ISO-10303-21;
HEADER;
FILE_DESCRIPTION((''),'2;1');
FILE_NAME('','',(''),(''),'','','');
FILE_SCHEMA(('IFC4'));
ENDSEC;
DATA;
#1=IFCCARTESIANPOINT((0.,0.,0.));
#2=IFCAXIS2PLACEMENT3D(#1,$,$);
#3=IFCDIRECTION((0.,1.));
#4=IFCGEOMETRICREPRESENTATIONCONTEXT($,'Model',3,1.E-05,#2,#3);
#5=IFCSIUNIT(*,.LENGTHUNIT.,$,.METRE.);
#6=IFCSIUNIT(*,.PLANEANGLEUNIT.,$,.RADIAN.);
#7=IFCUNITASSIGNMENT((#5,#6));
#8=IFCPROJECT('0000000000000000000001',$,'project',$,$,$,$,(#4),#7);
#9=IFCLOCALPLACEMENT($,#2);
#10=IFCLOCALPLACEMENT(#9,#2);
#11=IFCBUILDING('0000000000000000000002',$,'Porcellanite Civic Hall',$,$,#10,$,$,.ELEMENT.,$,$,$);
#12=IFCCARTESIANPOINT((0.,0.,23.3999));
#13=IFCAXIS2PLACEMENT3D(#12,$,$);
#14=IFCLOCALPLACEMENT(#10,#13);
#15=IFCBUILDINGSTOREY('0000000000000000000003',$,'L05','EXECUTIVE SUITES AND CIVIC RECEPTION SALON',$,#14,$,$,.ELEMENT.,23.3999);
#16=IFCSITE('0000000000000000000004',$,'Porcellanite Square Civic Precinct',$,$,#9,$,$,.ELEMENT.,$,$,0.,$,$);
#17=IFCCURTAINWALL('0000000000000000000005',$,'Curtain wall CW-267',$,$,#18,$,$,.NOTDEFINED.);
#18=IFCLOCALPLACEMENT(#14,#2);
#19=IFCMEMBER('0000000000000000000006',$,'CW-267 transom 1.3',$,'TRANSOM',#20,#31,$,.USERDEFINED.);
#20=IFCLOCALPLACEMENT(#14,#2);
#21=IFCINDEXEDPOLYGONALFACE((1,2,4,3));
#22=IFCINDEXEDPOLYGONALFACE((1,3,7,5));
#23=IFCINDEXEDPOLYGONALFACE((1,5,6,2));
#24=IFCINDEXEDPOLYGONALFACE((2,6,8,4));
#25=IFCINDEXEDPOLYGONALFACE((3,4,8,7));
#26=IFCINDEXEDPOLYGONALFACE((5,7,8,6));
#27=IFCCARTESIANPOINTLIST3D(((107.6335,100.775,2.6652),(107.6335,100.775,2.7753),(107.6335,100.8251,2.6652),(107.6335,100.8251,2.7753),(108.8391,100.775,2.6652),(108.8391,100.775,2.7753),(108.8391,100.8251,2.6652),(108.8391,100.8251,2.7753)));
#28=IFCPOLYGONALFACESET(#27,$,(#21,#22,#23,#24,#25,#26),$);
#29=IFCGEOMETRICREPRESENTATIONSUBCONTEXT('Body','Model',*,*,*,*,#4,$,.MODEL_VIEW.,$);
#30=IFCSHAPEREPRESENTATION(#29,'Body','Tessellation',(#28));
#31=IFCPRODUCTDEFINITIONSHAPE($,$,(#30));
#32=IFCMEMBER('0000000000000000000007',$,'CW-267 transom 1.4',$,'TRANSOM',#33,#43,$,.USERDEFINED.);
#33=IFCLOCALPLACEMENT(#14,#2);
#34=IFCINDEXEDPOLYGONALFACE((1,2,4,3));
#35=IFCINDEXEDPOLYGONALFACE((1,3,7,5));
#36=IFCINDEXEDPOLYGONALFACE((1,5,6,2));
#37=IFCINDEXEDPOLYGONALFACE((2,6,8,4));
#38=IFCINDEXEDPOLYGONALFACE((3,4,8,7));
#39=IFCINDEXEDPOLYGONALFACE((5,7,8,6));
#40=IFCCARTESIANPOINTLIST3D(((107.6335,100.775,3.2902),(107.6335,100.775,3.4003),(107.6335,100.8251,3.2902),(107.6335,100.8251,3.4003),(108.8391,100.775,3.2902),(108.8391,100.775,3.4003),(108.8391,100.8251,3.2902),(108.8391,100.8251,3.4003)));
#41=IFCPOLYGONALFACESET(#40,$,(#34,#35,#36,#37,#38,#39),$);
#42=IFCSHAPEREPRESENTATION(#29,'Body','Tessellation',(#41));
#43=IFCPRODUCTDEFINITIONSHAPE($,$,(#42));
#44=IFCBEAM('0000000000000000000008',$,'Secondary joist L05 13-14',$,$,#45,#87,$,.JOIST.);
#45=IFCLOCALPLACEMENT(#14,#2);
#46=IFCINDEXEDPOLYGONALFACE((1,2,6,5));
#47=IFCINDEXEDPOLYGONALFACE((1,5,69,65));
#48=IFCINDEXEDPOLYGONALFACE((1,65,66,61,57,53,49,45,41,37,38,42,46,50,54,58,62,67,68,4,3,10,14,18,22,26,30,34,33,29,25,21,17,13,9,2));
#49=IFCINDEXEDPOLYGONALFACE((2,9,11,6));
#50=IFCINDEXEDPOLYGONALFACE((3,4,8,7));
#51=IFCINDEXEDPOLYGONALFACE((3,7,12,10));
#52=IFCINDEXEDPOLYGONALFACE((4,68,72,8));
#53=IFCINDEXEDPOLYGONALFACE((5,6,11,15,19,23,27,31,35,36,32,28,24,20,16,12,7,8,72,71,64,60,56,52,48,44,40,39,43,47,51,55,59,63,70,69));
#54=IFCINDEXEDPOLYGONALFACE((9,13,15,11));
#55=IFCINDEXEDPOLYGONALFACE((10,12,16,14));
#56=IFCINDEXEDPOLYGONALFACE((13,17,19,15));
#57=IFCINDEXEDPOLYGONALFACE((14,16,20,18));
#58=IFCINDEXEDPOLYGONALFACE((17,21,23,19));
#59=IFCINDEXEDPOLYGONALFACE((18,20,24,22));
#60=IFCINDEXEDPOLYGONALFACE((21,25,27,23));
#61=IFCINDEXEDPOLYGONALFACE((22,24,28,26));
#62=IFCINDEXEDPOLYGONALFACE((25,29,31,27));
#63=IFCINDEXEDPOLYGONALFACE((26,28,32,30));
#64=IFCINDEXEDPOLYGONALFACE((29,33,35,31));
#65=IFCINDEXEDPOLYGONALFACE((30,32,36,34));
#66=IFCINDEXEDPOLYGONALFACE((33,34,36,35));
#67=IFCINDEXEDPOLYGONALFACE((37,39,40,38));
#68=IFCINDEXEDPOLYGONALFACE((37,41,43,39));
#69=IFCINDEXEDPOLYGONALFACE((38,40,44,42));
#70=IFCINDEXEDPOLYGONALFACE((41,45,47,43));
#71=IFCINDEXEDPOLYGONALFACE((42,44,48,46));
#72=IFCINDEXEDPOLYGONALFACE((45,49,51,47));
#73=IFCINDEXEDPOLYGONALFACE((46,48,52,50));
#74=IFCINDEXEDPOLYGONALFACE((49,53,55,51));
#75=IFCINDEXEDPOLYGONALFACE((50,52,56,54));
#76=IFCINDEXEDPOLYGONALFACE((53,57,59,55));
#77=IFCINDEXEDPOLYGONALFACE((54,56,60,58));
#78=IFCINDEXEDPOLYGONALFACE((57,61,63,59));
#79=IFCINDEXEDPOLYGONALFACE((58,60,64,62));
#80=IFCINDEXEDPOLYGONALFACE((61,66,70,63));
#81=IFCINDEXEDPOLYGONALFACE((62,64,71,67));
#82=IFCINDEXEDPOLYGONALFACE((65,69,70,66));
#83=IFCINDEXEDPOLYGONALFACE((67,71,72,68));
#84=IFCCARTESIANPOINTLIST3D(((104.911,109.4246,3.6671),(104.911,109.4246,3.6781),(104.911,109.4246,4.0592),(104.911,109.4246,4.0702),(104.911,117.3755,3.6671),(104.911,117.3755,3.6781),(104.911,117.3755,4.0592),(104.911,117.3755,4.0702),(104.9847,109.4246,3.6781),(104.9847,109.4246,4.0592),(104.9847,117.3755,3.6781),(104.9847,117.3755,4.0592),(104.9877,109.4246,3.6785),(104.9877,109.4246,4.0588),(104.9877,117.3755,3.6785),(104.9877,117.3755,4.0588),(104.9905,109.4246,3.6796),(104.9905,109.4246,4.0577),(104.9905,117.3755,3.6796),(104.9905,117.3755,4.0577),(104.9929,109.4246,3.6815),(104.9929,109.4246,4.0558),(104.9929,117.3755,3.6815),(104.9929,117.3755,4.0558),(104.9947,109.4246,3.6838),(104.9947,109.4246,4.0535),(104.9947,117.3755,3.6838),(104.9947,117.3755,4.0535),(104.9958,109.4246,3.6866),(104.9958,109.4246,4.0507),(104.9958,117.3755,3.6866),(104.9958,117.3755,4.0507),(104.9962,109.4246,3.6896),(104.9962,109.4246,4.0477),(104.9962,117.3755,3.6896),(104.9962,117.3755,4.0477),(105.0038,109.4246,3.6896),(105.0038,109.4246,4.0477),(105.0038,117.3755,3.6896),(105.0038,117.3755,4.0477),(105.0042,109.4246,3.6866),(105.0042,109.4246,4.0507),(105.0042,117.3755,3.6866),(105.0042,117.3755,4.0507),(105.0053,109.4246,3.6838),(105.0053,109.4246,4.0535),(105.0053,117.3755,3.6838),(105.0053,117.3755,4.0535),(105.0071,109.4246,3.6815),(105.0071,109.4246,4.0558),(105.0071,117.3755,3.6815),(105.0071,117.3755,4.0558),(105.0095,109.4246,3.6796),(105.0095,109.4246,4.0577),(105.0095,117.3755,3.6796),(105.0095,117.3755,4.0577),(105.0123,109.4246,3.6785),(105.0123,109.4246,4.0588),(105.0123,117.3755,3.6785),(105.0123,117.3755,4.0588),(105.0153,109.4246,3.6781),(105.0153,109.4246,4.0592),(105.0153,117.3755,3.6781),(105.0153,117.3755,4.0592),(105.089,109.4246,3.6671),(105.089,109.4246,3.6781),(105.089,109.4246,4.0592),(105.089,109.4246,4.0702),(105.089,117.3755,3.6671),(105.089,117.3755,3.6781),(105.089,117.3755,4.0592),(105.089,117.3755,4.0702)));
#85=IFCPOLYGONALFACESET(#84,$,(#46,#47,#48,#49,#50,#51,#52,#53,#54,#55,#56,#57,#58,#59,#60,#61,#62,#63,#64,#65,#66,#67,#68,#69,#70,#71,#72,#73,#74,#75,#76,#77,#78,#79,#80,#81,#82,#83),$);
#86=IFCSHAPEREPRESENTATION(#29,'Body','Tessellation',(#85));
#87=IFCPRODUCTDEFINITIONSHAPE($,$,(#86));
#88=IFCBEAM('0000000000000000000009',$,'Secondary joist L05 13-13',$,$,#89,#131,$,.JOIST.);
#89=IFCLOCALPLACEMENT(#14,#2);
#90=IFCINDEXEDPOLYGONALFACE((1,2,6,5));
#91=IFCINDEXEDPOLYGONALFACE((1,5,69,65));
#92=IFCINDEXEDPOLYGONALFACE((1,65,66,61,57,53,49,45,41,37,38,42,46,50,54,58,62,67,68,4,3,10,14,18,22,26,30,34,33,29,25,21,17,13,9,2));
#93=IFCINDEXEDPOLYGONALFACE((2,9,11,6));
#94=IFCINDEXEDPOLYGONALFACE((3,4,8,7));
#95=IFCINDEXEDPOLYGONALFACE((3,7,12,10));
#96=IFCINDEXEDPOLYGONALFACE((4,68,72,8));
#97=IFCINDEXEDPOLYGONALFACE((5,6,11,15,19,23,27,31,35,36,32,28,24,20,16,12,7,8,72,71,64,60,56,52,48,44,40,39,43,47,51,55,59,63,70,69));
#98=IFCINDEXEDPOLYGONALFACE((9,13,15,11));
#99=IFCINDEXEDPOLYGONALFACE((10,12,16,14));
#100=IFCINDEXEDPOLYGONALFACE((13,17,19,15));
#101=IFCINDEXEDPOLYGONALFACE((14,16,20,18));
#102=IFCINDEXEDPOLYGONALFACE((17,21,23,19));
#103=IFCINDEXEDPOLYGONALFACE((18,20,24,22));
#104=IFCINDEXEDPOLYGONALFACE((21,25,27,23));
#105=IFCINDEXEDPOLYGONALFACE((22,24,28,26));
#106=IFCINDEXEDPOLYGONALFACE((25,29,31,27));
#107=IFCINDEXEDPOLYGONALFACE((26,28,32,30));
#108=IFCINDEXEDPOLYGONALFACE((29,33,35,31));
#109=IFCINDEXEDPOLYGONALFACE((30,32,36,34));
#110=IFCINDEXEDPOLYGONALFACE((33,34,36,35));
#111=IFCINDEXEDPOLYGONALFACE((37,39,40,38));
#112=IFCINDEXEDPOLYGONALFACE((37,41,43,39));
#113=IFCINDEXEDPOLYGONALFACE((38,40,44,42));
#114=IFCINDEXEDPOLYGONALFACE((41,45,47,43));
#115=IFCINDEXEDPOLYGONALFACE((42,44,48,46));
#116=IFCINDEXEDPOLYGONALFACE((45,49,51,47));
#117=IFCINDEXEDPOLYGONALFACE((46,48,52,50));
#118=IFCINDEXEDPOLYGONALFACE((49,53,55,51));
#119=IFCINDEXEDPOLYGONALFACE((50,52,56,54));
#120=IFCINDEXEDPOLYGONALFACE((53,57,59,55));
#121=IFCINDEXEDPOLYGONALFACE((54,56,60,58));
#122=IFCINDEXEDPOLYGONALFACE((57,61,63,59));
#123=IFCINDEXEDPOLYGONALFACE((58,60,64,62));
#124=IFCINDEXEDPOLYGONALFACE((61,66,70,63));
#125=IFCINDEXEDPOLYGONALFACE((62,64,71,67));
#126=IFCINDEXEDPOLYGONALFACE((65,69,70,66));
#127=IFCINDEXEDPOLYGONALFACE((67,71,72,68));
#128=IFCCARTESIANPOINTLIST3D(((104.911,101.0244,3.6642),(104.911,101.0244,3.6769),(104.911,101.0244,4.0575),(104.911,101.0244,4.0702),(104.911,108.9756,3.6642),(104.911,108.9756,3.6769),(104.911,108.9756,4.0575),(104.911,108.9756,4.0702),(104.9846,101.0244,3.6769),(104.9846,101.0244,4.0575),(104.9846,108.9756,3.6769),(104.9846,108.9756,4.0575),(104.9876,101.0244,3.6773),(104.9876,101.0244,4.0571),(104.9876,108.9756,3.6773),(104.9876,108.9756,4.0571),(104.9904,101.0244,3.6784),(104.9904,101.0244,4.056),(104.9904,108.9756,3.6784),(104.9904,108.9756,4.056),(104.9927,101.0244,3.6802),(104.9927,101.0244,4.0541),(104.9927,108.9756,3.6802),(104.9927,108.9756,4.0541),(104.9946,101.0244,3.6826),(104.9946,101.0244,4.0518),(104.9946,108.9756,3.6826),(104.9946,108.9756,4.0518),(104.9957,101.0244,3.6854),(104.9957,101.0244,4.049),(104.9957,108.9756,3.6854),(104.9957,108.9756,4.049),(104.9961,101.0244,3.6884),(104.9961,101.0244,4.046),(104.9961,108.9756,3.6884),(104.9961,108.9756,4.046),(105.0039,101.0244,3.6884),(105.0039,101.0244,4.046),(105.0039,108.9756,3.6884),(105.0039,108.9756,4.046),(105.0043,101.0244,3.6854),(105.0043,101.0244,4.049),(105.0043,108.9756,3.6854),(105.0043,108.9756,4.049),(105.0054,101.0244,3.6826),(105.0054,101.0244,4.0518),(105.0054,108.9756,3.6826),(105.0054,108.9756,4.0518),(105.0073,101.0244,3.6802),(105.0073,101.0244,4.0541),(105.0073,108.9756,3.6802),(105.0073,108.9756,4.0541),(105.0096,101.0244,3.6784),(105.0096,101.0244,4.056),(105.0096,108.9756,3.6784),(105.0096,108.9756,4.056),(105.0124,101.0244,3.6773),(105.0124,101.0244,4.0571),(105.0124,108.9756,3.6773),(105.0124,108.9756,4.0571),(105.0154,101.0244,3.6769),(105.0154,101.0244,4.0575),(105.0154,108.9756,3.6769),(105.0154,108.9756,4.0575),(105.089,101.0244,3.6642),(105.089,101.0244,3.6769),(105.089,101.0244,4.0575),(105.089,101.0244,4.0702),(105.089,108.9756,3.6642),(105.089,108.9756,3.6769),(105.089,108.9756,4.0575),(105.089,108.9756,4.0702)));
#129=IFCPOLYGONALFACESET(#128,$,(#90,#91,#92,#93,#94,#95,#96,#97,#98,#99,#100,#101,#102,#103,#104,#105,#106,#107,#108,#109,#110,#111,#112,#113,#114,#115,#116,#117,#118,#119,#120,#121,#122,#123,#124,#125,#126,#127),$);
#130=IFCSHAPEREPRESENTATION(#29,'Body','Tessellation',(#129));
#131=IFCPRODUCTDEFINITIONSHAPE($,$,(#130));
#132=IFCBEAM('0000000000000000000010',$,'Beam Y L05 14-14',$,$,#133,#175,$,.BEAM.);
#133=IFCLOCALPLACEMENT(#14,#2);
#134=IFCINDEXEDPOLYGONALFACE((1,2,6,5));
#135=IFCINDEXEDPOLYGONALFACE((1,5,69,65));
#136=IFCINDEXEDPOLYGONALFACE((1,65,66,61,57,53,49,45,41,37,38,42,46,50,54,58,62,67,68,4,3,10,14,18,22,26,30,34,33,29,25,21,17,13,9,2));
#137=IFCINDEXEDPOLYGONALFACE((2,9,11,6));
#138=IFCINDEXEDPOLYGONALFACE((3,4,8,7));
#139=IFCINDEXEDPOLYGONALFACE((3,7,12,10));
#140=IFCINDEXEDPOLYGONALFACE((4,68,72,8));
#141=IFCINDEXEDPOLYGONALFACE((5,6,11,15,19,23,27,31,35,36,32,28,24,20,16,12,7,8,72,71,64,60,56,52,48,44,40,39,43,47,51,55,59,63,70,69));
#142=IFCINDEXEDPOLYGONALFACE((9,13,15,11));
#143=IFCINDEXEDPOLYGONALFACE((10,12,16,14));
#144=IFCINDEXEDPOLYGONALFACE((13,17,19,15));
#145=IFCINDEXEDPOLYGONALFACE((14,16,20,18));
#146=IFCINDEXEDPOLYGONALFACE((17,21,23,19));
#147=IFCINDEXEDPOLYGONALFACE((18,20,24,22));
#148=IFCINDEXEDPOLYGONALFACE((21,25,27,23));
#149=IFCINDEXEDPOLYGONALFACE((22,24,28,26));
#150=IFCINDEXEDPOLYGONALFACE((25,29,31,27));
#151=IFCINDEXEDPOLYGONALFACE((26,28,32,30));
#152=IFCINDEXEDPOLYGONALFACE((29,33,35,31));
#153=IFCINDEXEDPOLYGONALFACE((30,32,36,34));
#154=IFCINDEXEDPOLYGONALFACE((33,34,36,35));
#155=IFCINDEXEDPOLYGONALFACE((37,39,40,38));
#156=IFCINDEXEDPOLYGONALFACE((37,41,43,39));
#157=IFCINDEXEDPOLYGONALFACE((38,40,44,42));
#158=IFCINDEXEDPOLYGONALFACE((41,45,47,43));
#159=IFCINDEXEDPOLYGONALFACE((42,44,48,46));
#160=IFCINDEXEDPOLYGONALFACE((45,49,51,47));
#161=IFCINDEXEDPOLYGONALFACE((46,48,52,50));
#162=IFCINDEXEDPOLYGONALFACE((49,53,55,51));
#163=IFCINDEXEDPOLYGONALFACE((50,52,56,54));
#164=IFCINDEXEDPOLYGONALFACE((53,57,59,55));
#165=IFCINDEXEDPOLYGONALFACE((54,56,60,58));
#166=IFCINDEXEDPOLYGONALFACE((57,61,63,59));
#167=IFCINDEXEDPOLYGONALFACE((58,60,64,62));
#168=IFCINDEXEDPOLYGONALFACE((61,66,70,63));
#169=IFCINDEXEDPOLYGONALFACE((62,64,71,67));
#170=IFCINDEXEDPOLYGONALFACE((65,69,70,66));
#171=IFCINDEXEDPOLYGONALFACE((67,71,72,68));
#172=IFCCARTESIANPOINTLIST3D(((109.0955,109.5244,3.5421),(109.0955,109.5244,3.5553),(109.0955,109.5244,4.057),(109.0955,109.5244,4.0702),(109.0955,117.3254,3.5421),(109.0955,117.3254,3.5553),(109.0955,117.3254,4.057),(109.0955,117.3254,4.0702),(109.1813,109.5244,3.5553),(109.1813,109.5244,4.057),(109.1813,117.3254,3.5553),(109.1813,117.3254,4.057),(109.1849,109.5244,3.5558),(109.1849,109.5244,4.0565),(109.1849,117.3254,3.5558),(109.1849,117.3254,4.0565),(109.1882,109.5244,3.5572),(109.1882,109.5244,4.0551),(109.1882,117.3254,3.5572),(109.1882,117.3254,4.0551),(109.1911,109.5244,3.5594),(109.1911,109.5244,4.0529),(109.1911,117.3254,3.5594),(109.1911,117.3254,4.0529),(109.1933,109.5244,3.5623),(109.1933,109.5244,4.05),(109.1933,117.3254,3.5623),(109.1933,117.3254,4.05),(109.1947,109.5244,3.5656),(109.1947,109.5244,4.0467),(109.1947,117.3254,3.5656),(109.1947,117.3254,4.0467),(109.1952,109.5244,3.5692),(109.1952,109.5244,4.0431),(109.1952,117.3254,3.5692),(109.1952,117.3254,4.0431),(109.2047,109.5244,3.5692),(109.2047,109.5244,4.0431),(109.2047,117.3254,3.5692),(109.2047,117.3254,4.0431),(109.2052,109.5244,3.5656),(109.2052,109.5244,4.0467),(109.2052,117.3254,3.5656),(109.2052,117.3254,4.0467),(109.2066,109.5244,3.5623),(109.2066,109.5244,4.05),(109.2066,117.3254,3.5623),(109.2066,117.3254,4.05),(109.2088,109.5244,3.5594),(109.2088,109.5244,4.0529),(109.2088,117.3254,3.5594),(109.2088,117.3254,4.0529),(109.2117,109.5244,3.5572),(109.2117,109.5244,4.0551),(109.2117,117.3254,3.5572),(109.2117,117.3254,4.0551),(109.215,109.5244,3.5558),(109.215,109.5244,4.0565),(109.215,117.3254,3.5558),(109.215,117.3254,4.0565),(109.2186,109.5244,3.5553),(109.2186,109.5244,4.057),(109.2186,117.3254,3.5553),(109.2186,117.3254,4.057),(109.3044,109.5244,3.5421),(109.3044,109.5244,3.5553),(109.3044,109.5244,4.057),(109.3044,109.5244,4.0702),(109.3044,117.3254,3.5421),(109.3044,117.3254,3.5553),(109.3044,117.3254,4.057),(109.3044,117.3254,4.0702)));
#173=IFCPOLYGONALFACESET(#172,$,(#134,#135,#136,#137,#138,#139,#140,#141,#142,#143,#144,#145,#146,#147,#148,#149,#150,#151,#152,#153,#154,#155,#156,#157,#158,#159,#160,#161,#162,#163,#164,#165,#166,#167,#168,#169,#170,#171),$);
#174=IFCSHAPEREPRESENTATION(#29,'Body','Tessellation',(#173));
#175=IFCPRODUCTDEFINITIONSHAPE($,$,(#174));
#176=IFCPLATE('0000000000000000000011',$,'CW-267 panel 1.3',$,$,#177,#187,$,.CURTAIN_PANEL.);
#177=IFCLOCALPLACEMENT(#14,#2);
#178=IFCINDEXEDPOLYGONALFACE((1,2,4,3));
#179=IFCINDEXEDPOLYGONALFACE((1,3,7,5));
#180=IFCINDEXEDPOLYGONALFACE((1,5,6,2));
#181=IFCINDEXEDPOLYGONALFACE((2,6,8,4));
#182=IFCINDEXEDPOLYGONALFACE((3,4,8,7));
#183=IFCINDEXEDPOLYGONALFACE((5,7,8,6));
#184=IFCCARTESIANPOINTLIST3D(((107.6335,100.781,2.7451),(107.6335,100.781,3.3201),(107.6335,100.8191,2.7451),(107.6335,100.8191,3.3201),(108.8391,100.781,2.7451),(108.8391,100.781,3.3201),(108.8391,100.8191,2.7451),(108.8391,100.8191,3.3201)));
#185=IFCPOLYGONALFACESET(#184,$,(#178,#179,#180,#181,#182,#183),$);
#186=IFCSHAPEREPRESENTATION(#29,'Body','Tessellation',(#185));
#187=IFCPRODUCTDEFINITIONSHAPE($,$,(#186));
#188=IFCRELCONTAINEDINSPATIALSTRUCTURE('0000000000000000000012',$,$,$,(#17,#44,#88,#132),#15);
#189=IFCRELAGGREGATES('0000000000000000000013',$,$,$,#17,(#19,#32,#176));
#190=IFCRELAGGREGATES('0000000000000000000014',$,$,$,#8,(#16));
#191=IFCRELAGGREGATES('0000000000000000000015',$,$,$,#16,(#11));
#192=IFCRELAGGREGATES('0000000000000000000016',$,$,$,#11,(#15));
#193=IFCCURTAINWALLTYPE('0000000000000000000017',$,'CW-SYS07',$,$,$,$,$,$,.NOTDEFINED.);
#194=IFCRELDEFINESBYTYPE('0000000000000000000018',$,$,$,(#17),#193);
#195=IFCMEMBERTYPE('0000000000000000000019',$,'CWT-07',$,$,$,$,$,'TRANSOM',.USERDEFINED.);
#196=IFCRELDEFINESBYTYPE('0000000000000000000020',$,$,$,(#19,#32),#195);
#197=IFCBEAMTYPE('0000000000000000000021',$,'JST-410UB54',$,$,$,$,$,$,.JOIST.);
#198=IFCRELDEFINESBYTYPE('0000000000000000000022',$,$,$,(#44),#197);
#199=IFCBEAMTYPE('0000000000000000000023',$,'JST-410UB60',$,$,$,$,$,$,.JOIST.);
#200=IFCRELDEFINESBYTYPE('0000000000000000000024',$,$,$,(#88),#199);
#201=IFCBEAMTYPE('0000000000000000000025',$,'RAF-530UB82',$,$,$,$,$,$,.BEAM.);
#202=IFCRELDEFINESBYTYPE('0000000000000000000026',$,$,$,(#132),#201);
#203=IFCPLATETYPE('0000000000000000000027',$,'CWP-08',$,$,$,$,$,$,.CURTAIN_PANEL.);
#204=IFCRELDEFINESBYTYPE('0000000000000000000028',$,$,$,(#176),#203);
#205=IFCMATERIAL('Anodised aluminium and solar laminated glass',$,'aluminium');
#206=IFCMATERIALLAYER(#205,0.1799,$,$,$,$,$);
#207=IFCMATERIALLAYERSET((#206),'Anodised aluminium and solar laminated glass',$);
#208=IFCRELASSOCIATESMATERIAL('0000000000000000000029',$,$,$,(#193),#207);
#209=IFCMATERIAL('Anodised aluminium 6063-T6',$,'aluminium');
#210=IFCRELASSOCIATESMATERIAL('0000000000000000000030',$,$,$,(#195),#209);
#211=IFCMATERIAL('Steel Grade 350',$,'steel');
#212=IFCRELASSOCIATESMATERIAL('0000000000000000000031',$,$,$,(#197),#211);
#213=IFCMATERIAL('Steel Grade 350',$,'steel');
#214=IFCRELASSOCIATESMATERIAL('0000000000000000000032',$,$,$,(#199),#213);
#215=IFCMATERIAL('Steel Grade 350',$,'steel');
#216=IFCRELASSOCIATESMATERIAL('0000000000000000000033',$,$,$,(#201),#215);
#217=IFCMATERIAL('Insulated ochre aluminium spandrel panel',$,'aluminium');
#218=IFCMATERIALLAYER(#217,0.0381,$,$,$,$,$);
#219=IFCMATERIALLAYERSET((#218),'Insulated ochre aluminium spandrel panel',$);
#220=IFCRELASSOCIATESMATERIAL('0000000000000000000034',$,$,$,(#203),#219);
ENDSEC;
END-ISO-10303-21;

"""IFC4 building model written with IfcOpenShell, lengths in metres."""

from ifc_helpers import new_model, si_unit, direction, frame, origin, origin_2d, place, context, subcontext, project, spatial, rectangle, i_section, extrude, material, layer, layer_set, material_profile, profile_set, type_object, element, aggregate, save


model = new_model("IFC4")

# Units and contexts
model_context = context("Model", 3, precision=1e-05, world=origin(), true_north=direction((0.0, 1.0)))
body_context = subcontext(model_context, "Body", "Model", "MODEL_VIEW")
ifc_project = project(units=[si_unit("LENGTHUNIT", "METRE"), si_unit("PLANEANGLEUNIT", "RADIAN")], contexts=[model_context])

# Site, building, storey
site_placement = place(None, origin())
site = spatial("IfcSite", under=ifc_project, at=site_placement, Name="Porcellanite Square Civic Precinct", CompositionType="ELEMENT", RefElevation=0.0)
building_placement = place(site_placement, origin())
building = spatial("IfcBuilding", under=site, at=building_placement, Name="Porcellanite Civic Hall", CompositionType="ELEMENT")
storey_placement = place(building_placement, frame((0.0, 0.0, 23.3999)))
storey = spatial("IfcBuildingStorey", under=building, at=storey_placement, Name="L05", Description="EXECUTIVE SUITES AND CIVIC RECEPTION SALON", CompositionType="ELEMENT", Elevation=23.3999)

# Curtain wall
ifc_material_1 = material(Name="Anodised aluminium and solar laminated glass", Category="aluminium")
ifc_layer_1 = layer(ifc_material_1, 0.1799)
ifc_layer_set_1 = layer_set([ifc_layer_1], Name="Anodised aluminium and solar laminated glass")
curtain_wall_type_1 = type_object("IfcCurtainWallType", Name="CW-SYS07", PredefinedType="NOTDEFINED", material=ifc_layer_set_1)
curtain_wall_1_placement = place(storey_placement, origin())
curtain_wall_1 = element("IfcCurtainWall", 1, at=curtain_wall_1_placement, inside=storey, type_object=curtain_wall_type_1, Name="Curtain wall CW-267", PredefinedType="NOTDEFINED")

# Members
ifc_material_2 = material(Name="Anodised aluminium 6063-T6", Category="aluminium")
ifc_material_profile_1 = material_profile(ifc_material_2, rectangle(XDim=0.05, YDim=0.1101, at=origin_2d()), Name="AL-50x110")
ifc_profile_set_1 = profile_set([ifc_material_profile_1], Name="Anodised aluminium 6063-T6")
member_type_1 = type_object("IfcMemberType", Name="CWT-07", ElementType="TRANSOM", PredefinedType="USERDEFINED", material=ifc_profile_set_1)
member_1_placement = place(storey_placement, frame((108.8391, 100.8, 2.7202), z_axis=(-1.0, 0.0, 0.0), x_axis=(0.0, -1.0, 0.0)))
member_1 = element("IfcMember", 2, at=member_1_placement, type_object=member_type_1, Name="CW-267 transom 1.3", ObjectType="TRANSOM", PredefinedType="USERDEFINED", context=body_context, shape_type="SweptSolid", body=[
    extrude(rectangle(XDim=0.05, YDim=0.1101, at=origin_2d()), origin(), (0.0, 0.0, 1.0), 1.2056),
])
member_2_placement = place(storey_placement, frame((108.8391, 100.8, 3.3452), z_axis=(-1.0, 0.0, 0.0), x_axis=(0.0, -1.0, 0.0)))
member_2 = element("IfcMember", 3, at=member_2_placement, type_object=member_type_1, Name="CW-267 transom 1.4", ObjectType="TRANSOM", PredefinedType="USERDEFINED", context=body_context, shape_type="SweptSolid", body=[
    extrude(rectangle(XDim=0.05, YDim=0.1101, at=origin_2d()), origin(), (0.0, 0.0, 1.0), 1.2056),
])

# Beams
ifc_material_3 = material(Name="Steel Grade 350", Category="steel")
ifc_material_profile_2 = material_profile(ifc_material_3, i_section(OverallWidth=0.178, OverallDepth=0.4031, WebThickness=0.0076, FlangeThickness=0.011, FilletRadius=0.0115, at=origin_2d()), Name="410UB53.7")
ifc_profile_set_2 = profile_set([ifc_material_profile_2], Name="Steel Grade 350")
beam_type_1 = type_object("IfcBeamType", Name="JST-410UB54", PredefinedType="JOIST", material=ifc_profile_set_2)
beam_1_placement = place(storey_placement, frame((105.0, 109.4246, 3.8687), z_axis=(0.0, 1.0, 0.0), x_axis=(-1.0, 0.0, 0.0)))
element("IfcBeam", 4, at=beam_1_placement, inside=storey, type_object=beam_type_1, Name="Secondary joist L05 13-14", PredefinedType="JOIST", context=body_context, shape_type="SweptSolid", body=[
    extrude(i_section(OverallWidth=0.178, OverallDepth=0.4031, WebThickness=0.0076, FlangeThickness=0.011, FilletRadius=0.0115, at=origin_2d()), origin(), (0.0, 0.0, 1.0), 7.9509),
])
ifc_material_4 = material(Name="Steel Grade 350", Category="steel")
ifc_material_profile_3 = material_profile(ifc_material_4, i_section(OverallWidth=0.178, OverallDepth=0.406, WebThickness=0.0078, FlangeThickness=0.0127, FilletRadius=0.0115, at=origin_2d()), Name="410UB59.7")
ifc_profile_set_3 = profile_set([ifc_material_profile_3], Name="Steel Grade 350")
beam_type_2 = type_object("IfcBeamType", Name="JST-410UB60", PredefinedType="JOIST", material=ifc_profile_set_3)
beam_2_placement = place(storey_placement, frame((105.0, 101.0244, 3.8672), z_axis=(0.0, 1.0, 0.0), x_axis=(-1.0, 0.0, 0.0)))
element("IfcBeam", 5, at=beam_2_placement, inside=storey, type_object=beam_type_2, Name="Secondary joist L05 13-13", PredefinedType="JOIST", context=body_context, shape_type="SweptSolid", body=[
    extrude(i_section(OverallWidth=0.178, OverallDepth=0.406, WebThickness=0.0078, FlangeThickness=0.0127, FilletRadius=0.0115, at=origin_2d()), origin(), (0.0, 0.0, 1.0), 7.9512),
])
ifc_material_5 = material(Name="Steel Grade 350", Category="steel")
ifc_material_profile_4 = material_profile(ifc_material_5, i_section(OverallWidth=0.209, OverallDepth=0.5281, WebThickness=0.0095, FlangeThickness=0.0132, FilletRadius=0.0139, at=origin_2d()), Name="530UB82.0")
ifc_profile_set_4 = profile_set([ifc_material_profile_4], Name="Steel Grade 350")
beam_type_3 = type_object("IfcBeamType", Name="RAF-530UB82", PredefinedType="BEAM", material=ifc_profile_set_4)
beam_3_placement = place(storey_placement, frame((109.2, 109.5244, 3.8062), z_axis=(0.0, 1.0, 0.0), x_axis=(-1.0, 0.0, 0.0)))
element("IfcBeam", 6, at=beam_3_placement, inside=storey, type_object=beam_type_3, Name="Beam Y L05 14-14", PredefinedType="BEAM", context=body_context, shape_type="SweptSolid", body=[
    extrude(i_section(OverallWidth=0.209, OverallDepth=0.5281, WebThickness=0.0095, FlangeThickness=0.0132, FilletRadius=0.0139, at=origin_2d()), origin(), (0.0, 0.0, 1.0), 7.801),
])

# Plate
ifc_material_6 = material(Name="Insulated ochre aluminium spandrel panel", Category="aluminium")
ifc_layer_2 = layer(ifc_material_6, 0.0381)
ifc_layer_set_2 = layer_set([ifc_layer_2], Name="Insulated ochre aluminium spandrel panel")
plate_type_1 = type_object("IfcPlateType", Name="CWP-08", PredefinedType="CURTAIN_PANEL", material=ifc_layer_set_2)
plate_1_placement = place(storey_placement, frame((108.2363, 100.8, 2.7451), z_axis=(0.0, 0.0, 1.0), x_axis=(-1.0, 0.0, 0.0)))
plate_1 = element("IfcPlate", 7, at=plate_1_placement, type_object=plate_type_1, Name="CW-267 panel 1.3", PredefinedType="CURTAIN_PANEL", context=body_context, shape_type="SweptSolid", body=[
    extrude(rectangle(XDim=1.2056, YDim=0.0381, at=origin_2d()), origin(), (0.0, 0.0, 1.0), 0.575),
])
aggregate(curtain_wall_1, [member_1, member_2, plate_1])

save(model, "model.ifc")
